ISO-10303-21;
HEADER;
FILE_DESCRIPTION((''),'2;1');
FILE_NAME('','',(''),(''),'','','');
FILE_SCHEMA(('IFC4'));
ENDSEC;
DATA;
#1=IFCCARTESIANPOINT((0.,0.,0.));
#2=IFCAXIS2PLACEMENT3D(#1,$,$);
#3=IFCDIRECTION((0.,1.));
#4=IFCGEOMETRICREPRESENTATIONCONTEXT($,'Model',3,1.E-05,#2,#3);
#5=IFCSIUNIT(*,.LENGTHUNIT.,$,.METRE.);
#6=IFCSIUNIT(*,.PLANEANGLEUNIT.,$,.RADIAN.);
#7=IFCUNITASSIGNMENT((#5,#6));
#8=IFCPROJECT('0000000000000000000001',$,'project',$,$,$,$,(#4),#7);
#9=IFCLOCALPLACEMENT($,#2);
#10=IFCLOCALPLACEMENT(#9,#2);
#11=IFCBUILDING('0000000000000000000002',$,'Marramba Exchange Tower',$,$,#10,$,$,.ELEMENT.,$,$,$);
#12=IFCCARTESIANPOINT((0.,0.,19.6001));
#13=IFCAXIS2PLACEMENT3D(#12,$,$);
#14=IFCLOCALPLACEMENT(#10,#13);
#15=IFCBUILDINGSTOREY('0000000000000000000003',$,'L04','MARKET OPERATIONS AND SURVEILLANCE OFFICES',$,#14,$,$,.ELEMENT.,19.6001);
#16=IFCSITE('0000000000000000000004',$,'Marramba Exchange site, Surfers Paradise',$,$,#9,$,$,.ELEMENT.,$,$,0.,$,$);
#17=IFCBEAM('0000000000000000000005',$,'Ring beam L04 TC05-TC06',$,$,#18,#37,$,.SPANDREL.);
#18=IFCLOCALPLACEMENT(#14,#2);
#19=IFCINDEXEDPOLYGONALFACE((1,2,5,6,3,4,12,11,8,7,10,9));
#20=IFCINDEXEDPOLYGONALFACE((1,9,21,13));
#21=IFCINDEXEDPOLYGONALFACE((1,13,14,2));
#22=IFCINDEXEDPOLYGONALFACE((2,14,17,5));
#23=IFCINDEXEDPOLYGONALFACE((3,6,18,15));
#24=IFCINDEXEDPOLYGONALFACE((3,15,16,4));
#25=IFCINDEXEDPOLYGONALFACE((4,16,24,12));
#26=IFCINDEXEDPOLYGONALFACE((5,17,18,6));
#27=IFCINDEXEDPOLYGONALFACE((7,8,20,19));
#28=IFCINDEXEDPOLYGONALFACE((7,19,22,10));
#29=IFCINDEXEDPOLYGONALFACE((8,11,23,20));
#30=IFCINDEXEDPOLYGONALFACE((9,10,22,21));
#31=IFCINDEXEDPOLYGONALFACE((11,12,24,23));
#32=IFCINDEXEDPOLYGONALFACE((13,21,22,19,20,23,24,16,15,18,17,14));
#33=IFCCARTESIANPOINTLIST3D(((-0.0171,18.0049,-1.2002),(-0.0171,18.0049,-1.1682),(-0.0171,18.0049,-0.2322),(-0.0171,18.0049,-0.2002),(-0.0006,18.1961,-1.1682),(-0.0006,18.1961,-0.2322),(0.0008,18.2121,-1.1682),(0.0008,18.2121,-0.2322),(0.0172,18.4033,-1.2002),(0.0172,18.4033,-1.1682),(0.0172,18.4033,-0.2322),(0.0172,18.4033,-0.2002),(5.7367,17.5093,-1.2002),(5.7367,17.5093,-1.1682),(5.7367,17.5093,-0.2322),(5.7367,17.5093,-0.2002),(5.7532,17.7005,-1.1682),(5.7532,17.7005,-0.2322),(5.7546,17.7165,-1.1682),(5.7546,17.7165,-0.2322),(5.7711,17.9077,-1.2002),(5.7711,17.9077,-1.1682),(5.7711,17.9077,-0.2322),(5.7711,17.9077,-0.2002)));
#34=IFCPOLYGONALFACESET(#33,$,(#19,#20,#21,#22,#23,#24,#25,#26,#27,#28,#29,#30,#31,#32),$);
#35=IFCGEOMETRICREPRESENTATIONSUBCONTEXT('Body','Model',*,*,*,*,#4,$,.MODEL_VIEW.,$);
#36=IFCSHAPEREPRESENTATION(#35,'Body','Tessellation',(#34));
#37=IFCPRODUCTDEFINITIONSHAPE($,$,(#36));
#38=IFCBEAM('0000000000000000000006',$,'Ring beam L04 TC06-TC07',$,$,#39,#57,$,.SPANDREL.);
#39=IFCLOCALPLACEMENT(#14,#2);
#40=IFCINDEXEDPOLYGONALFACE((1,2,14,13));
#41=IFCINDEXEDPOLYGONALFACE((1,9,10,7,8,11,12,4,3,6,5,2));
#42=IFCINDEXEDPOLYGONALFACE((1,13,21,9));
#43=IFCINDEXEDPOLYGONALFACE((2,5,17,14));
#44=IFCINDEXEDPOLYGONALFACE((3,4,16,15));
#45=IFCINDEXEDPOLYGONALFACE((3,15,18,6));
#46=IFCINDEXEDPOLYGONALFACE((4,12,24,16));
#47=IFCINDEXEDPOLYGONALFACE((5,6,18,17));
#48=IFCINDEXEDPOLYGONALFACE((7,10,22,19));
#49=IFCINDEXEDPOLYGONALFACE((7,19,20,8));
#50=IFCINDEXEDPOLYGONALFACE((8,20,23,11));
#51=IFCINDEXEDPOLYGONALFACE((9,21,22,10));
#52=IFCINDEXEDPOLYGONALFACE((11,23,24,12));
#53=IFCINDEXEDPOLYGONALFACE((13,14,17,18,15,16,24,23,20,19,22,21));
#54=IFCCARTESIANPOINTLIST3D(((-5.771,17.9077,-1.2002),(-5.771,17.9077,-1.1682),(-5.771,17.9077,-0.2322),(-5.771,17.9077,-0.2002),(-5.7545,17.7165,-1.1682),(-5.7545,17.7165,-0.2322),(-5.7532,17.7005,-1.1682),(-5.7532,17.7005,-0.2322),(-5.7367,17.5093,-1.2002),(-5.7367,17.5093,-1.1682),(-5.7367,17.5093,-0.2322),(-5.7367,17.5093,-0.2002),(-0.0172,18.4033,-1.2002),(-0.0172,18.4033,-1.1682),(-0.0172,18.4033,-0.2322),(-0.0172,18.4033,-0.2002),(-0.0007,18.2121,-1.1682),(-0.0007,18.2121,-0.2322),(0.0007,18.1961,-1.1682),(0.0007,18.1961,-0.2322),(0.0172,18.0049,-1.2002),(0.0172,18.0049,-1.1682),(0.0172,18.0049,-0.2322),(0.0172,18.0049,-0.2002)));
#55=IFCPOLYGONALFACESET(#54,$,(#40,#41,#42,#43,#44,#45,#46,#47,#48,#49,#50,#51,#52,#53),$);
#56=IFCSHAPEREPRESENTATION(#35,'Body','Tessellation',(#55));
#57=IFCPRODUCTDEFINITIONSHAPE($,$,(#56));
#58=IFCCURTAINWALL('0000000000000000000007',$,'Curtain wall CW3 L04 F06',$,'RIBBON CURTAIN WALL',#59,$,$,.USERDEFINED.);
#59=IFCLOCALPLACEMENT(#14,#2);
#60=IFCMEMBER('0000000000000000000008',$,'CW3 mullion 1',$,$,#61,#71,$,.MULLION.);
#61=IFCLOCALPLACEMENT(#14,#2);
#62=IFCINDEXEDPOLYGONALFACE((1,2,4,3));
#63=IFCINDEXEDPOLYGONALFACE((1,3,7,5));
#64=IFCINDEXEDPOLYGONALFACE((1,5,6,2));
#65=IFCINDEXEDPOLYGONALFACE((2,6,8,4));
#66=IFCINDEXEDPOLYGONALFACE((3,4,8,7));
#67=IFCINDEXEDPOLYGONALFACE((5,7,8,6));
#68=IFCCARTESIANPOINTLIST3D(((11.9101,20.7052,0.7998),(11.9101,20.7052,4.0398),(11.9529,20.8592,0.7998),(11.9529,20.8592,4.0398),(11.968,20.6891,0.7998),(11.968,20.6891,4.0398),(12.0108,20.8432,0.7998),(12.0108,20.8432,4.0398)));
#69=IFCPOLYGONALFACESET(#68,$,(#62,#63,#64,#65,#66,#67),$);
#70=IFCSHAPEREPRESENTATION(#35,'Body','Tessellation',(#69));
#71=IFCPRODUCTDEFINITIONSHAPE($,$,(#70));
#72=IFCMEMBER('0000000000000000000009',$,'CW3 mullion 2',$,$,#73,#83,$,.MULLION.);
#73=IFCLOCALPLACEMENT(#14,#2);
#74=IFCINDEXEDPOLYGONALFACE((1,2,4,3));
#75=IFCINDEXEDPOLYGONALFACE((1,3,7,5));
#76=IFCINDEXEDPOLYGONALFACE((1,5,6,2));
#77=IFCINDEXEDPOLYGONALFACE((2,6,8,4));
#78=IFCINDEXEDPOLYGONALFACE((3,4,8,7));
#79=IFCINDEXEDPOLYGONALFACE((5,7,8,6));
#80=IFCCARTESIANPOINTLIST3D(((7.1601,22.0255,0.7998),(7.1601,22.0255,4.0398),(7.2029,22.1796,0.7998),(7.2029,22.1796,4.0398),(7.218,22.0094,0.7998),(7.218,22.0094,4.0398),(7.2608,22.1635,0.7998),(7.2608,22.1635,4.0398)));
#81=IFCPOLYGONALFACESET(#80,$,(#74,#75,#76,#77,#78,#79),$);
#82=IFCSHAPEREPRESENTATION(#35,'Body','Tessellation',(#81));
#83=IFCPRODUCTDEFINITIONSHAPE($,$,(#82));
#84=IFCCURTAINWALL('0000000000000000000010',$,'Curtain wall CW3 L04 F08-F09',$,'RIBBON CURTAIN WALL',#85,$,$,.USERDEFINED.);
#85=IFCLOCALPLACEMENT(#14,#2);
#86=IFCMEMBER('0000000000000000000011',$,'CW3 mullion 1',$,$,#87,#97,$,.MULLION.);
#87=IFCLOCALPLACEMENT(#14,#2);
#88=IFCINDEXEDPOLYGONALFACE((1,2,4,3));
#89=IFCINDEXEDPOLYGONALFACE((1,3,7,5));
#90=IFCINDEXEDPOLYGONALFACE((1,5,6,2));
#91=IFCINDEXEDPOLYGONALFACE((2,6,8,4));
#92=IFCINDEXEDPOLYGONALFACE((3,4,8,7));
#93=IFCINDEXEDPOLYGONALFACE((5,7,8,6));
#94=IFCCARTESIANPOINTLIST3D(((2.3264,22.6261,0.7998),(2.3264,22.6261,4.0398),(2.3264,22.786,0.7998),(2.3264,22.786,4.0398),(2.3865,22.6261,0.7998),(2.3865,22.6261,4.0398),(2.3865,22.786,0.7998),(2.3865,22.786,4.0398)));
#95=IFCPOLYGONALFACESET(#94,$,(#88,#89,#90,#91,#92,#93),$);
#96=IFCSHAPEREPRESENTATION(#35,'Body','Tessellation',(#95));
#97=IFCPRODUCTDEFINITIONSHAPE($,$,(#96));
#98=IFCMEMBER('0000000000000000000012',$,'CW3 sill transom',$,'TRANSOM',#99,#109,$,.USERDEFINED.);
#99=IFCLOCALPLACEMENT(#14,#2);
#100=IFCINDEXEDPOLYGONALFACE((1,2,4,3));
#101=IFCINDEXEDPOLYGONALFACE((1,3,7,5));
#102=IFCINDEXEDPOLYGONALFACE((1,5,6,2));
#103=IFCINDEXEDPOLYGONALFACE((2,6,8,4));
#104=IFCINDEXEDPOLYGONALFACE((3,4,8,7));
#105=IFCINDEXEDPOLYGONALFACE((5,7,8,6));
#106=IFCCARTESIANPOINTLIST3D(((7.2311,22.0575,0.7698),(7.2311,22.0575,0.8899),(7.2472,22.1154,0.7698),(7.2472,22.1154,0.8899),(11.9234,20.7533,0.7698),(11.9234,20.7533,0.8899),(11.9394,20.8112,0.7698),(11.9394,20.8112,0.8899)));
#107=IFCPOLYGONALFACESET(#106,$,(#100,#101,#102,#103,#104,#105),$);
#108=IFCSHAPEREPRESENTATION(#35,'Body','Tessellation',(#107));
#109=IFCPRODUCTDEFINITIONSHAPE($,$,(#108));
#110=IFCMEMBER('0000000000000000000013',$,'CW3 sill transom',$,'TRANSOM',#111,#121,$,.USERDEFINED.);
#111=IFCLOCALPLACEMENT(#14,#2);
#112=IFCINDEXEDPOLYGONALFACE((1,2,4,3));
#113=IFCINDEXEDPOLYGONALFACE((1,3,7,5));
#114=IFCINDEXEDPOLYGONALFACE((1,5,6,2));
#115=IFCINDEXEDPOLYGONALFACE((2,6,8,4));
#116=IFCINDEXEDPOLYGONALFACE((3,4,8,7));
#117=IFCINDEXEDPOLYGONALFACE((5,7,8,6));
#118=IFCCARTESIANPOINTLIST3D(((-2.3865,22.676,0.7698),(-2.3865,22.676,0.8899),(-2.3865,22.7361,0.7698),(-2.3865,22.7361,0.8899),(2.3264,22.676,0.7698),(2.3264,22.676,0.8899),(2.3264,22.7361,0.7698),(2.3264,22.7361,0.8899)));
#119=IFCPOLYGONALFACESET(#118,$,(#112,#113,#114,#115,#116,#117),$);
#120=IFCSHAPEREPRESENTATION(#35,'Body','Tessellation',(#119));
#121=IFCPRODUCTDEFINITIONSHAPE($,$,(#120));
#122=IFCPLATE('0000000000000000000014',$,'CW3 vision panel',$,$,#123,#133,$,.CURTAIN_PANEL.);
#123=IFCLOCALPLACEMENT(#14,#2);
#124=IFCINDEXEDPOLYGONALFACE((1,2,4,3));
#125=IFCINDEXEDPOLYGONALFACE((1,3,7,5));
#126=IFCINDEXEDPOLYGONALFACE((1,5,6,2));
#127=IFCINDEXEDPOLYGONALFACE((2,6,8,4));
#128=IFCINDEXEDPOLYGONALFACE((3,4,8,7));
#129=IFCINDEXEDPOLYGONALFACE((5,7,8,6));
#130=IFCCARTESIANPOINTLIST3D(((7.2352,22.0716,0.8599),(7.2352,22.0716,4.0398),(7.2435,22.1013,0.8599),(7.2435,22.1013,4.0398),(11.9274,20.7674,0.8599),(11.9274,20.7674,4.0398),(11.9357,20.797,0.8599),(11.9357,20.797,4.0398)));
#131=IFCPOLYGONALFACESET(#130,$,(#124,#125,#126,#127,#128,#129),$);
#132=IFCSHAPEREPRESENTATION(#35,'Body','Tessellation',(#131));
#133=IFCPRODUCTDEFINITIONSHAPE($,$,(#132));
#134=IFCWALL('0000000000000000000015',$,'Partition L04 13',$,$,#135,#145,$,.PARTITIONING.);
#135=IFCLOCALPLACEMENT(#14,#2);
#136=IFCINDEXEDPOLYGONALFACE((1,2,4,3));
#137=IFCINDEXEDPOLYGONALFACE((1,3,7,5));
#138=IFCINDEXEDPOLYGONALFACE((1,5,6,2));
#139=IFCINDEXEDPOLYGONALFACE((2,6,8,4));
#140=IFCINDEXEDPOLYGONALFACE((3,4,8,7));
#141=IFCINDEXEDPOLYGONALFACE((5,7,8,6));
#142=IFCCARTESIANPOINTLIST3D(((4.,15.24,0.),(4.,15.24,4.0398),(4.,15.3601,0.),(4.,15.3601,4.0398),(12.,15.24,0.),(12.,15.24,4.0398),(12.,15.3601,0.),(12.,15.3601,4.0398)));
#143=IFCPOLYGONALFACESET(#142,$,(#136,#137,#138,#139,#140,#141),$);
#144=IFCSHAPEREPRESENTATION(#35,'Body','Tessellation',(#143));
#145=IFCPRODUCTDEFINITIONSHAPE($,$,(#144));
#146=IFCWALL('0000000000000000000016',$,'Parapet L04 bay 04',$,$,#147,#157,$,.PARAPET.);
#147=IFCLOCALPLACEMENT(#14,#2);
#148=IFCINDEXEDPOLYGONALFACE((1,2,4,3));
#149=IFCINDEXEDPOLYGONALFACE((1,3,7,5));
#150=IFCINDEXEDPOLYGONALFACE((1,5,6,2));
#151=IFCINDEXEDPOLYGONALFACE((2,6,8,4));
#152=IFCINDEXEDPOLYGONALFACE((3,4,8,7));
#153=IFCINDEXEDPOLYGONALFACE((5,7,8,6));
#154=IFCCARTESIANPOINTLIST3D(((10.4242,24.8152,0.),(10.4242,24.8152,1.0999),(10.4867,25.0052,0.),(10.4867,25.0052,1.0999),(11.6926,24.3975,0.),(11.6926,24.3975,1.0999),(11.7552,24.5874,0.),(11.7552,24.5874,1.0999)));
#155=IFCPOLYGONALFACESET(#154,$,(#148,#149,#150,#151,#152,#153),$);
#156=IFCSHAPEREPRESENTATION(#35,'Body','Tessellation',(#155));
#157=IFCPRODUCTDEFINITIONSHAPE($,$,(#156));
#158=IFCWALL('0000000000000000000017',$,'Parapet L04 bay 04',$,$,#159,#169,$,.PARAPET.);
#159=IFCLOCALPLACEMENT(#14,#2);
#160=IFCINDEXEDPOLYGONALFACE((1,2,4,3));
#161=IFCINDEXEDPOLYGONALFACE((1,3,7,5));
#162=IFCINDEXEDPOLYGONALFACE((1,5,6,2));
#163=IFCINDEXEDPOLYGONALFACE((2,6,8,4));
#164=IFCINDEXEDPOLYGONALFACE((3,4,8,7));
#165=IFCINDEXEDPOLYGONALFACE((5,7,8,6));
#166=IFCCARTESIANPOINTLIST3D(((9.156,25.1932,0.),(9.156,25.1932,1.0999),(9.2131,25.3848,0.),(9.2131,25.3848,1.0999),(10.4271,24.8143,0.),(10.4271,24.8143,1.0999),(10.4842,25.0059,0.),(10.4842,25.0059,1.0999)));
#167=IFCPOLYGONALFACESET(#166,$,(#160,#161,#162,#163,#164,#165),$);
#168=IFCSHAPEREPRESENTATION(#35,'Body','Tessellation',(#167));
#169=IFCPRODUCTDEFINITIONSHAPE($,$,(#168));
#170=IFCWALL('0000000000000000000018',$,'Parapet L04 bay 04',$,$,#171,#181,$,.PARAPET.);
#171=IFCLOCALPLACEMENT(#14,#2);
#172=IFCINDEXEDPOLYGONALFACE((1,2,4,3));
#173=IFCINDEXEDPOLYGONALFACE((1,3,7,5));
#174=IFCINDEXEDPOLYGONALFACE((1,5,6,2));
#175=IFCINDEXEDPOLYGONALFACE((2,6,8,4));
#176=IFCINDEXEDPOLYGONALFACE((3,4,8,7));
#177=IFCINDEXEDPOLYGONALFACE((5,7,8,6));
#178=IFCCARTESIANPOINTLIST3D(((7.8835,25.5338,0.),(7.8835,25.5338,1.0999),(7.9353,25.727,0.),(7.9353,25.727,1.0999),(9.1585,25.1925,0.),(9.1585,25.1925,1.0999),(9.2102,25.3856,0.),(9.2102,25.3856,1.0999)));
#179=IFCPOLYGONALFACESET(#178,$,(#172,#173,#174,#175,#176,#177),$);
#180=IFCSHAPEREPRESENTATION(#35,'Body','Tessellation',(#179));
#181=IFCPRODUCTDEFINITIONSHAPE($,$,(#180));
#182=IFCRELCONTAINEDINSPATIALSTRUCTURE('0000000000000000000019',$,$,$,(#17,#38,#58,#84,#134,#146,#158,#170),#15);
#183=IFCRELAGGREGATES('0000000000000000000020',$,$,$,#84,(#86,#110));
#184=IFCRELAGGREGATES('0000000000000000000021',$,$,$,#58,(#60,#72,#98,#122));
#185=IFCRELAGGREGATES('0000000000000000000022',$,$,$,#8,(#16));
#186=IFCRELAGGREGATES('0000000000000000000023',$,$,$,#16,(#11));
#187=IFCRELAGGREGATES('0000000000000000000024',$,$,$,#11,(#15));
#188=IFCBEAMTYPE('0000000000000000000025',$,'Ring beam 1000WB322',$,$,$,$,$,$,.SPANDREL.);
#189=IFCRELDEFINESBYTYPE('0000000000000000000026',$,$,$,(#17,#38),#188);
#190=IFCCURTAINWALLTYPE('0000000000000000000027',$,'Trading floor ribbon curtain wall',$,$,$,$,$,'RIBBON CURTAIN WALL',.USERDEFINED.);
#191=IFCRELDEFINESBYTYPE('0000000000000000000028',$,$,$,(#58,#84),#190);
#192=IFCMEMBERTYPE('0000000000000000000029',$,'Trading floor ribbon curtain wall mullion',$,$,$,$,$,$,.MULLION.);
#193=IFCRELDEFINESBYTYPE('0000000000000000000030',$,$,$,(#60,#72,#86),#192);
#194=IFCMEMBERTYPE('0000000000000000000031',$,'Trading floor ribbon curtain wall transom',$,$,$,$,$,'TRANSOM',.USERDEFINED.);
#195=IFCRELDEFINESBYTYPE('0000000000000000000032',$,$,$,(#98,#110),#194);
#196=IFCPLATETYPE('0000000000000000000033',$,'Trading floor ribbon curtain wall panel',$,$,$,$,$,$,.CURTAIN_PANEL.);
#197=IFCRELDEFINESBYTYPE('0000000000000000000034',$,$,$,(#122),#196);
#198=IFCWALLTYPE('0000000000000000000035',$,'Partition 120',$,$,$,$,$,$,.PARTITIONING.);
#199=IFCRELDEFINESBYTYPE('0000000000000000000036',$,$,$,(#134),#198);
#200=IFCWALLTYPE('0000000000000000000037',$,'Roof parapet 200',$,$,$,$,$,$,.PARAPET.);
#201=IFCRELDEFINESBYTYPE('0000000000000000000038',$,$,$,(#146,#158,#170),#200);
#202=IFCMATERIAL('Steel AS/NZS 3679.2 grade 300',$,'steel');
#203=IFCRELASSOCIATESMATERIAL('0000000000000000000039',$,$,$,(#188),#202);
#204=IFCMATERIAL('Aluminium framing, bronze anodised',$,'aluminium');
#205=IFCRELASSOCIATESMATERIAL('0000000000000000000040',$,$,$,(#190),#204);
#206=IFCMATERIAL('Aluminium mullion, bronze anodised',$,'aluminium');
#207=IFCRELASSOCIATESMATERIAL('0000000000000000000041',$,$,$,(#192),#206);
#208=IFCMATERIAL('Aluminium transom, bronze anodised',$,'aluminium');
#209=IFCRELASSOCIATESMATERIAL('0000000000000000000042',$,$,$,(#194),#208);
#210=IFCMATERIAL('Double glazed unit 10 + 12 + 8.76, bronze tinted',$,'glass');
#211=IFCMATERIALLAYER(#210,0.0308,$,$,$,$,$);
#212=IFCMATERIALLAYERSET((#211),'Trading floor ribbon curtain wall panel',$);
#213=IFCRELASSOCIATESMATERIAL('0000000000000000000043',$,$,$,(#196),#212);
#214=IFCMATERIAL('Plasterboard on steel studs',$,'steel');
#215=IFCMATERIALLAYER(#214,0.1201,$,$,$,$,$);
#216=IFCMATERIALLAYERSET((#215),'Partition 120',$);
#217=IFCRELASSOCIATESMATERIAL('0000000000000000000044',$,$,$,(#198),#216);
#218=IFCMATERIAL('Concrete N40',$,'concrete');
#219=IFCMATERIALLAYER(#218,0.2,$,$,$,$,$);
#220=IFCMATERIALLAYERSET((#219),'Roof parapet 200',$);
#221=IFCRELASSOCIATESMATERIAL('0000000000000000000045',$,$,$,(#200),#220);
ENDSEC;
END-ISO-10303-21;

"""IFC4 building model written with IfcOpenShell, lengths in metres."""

from ifc_helpers import new_model, si_unit, direction, frame, frame_2d, origin, origin_2d, place, context, subcontext, project, spatial, rectangle, i_section, extrude, material, layer, layer_set, material_profile, profile_set, type_object, element, aggregate, save


model = new_model("IFC4")

# Units and contexts
model_context = context("Model", 3, precision=1e-05, world=origin(), true_north=direction((0.0, 1.0)))
body_context = subcontext(model_context, "Body", "Model", "MODEL_VIEW")
ifc_project = project(units=[si_unit("LENGTHUNIT", "METRE"), si_unit("PLANEANGLEUNIT", "RADIAN")], contexts=[model_context])

# Site, building, storey
site_placement = place(None, origin())
site = spatial("IfcSite", under=ifc_project, at=site_placement, Name="Marramba Exchange site, Surfers Paradise", CompositionType="ELEMENT", RefElevation=0.0)
building_placement = place(site_placement, origin())
building = spatial("IfcBuilding", under=site, at=building_placement, Name="Marramba Exchange Tower", CompositionType="ELEMENT")
storey_placement = place(building_placement, frame((0.0, 0.0, 19.6001)))
storey = spatial("IfcBuildingStorey", under=building, at=storey_placement, Name="L04", Description="MARKET OPERATIONS AND SURVEILLANCE OFFICES", CompositionType="ELEMENT", Elevation=19.6001)

# Beams
ifc_material_1 = material(Name="Steel AS/NZS 3679.2 grade 300", Category="steel")
ifc_material_profile_1 = material_profile(ifc_material_1, i_section(OverallWidth=0.3999, OverallDepth=1.0, WebThickness=0.0161, FlangeThickness=0.032, at=origin_2d()), Name="1000WB322")
ifc_profile_set_1 = profile_set([ifc_material_profile_1], Name="Steel AS/NZS 3679.2 grade 300")
beam_type_1 = type_object("IfcBeamType", Name="Ring beam 1000WB322", PredefinedType="SPANDREL", material=ifc_profile_set_1)
for number, where, z_axis, x_axis, name in (
    (1, (5.7539, 17.7085, -0.7002), (-0.996311, 0.085816, 0.0), (-0.085816, -0.996311, 0.0), "Ring beam L04 TC05-TC06"),
    (2, (0.0, 18.2041, -0.7002), (-0.996311, -0.085816, 0.0), (0.085816, -0.996311, 0.0), "Ring beam L04 TC06-TC07"),
):
    element("IfcBeam", number, at=place(storey_placement, frame(where, z_axis=z_axis, x_axis=x_axis)), inside=storey, type_object=beam_type_1, Name=name, PredefinedType="SPANDREL", context=body_context, shape_type="SweptSolid", body=[
        extrude(i_section(OverallWidth=0.3999, OverallDepth=1.0, WebThickness=0.0161, FlangeThickness=0.032, at=origin_2d()), origin(), (0.0, 0.0, 1.0), 5.7751),
    ])

# Curtain wall, members
ifc_material_2 = material(Name="Aluminium framing, bronze anodised", Category="aluminium")
curtain_wall_type = type_object("IfcCurtainWallType", Name="Trading floor ribbon curtain wall", ElementType="RIBBON CURTAIN WALL", PredefinedType="USERDEFINED", material=ifc_material_2)
curtain_wall_1_placement = place(storey_placement, origin())
curtain_wall_1 = element("IfcCurtainWall", 3, at=curtain_wall_1_placement, inside=storey, type_object=curtain_wall_type, Name="Curtain wall CW3 L04 F06", ObjectType="RIBBON CURTAIN WALL", PredefinedType="USERDEFINED")
ifc_material_3 = material(Name="Aluminium mullion, bronze anodised", Category="aluminium")
ifc_material_profile_2 = material_profile(ifc_material_3, rectangle(XDim=0.1599, YDim=0.0601, at=origin_2d()), Name="CW3 mullion 60x160")
ifc_profile_set_2 = profile_set([ifc_material_profile_2], Name="Aluminium mullion, bronze anodised")
member_type_1 = type_object("IfcMemberType", Name="Trading floor ribbon curtain wall mullion", PredefinedType="MULLION", material=ifc_profile_set_2)
member_1_placement = place(storey_placement, frame((11.9604, 20.7742, 0.7998), z_axis=(0.0, 0.0, 1.0), x_axis=(-0.267809, -0.963472, 0.0)))
member_1 = element("IfcMember", 4, at=member_1_placement, type_object=member_type_1, Name="CW3 mullion 1", PredefinedType="MULLION", context=body_context, shape_type="SweptSolid", body=[
    extrude(rectangle(XDim=0.1599, YDim=0.0601, at=origin_2d()), origin(), (0.0, 0.0, 1.0), 3.24),
])
member_2_placement = place(storey_placement, frame((7.2104, 22.0945, 0.7998), z_axis=(0.0, 0.0, 1.0), x_axis=(-0.267809, -0.963472, 0.0)))
member_2 = element("IfcMember", 5, at=member_2_placement, type_object=member_type_1, Name="CW3 mullion 2", PredefinedType="MULLION", context=body_context, shape_type="SweptSolid", body=[
    extrude(rectangle(XDim=0.1599, YDim=0.0601, at=origin_2d()), origin(), (0.0, 0.0, 1.0), 3.24),
])

# Curtain wall, member
curtain_wall_2_placement = place(storey_placement, origin())
curtain_wall_2 = element("IfcCurtainWall", 6, at=curtain_wall_2_placement, inside=storey, type_object=curtain_wall_type, Name="Curtain wall CW3 L04 F08-F09", ObjectType="RIBBON CURTAIN WALL", PredefinedType="USERDEFINED")
member_3_placement = place(storey_placement, frame((2.3564, 22.7061, 0.7998), z_axis=(0.0, 0.0, 1.0), x_axis=(0.0, -1.0, 0.0)))
member_3 = element("IfcMember", 7, at=member_3_placement, type_object=member_type_1, Name="CW3 mullion 1", PredefinedType="MULLION", context=body_context, shape_type="SweptSolid", body=[
    extrude(rectangle(XDim=0.1599, YDim=0.0601, at=origin_2d()), origin(), (0.0, 0.0, 1.0), 3.24),
])

# Members
ifc_material_4 = material(Name="Aluminium transom, bronze anodised", Category="aluminium")
ifc_material_profile_3 = material_profile(ifc_material_4, rectangle(XDim=0.0601, YDim=0.1201, at=origin_2d()), Name="CW3 transom 60x120")
ifc_profile_set_3 = profile_set([ifc_material_profile_3], Name="Aluminium transom, bronze anodised")
member_type_2 = type_object("IfcMemberType", Name="Trading floor ribbon curtain wall transom", ElementType="TRANSOM", PredefinedType="USERDEFINED", material=ifc_profile_set_3)
member_4_placement = place(storey_placement, frame((11.9314, 20.7822, 0.8298), z_axis=(-0.963474, 0.267802, 0.0), x_axis=(-0.267802, -0.963474, 0.0)))
member_4 = element("IfcMember", 8, at=member_4_placement, type_object=member_type_2, Name="CW3 sill transom", ObjectType="TRANSOM", PredefinedType="USERDEFINED", context=body_context, shape_type="SweptSolid", body=[
    extrude(rectangle(XDim=0.0601, YDim=0.1201, at=origin_2d()), origin(), (0.0, 0.0, 1.0), 4.8701),
])
member_5_placement = place(storey_placement, frame((2.3264, 22.7061, 0.8298), z_axis=(-1.0, 0.0, 0.0), x_axis=(0.0, -1.0, 0.0)))
member_5 = element("IfcMember", 9, at=member_5_placement, type_object=member_type_2, Name="CW3 sill transom", ObjectType="TRANSOM", PredefinedType="USERDEFINED", context=body_context, shape_type="SweptSolid", body=[
    extrude(rectangle(XDim=0.0601, YDim=0.1201, at=origin_2d()), origin(), (0.0, 0.0, 1.0), 4.7129),
])
aggregate(curtain_wall_2, [member_3, member_5])

# Plate
ifc_material_5 = material(Name="Double glazed unit 10 + 12 + 8.76, bronze tinted", Category="glass")
ifc_layer_1 = layer(ifc_material_5, 0.0308)
ifc_layer_set_1 = layer_set([ifc_layer_1], Name="Trading floor ribbon curtain wall panel")
plate_type = type_object("IfcPlateType", Name="Trading floor ribbon curtain wall panel", PredefinedType="CURTAIN_PANEL", material=ifc_layer_set_1)
plate_placement = place(storey_placement, frame((9.5854, 21.4343, 0.8599), z_axis=(0.0, 0.0, 1.0), x_axis=(-0.963472, 0.267809, 0.0)))
plate = element("IfcPlate", 10, at=plate_placement, type_object=plate_type, Name="CW3 vision panel", PredefinedType="CURTAIN_PANEL", context=body_context, shape_type="SweptSolid", body=[
    extrude(rectangle(XDim=4.8701, YDim=0.0308, at=origin_2d()), origin(), (0.0, 0.0, 1.0), 3.1799),
])
aggregate(curtain_wall_1, [member_1, member_2, member_4, plate])

# Walls
ifc_material_6 = material(Name="Plasterboard on steel studs", Category="steel")
ifc_layer_2 = layer(ifc_material_6, 0.1201)
ifc_layer_set_2 = layer_set([ifc_layer_2], Name="Partition 120")
wall_type_1 = type_object("IfcWallType", Name="Partition 120", PredefinedType="PARTITIONING", material=ifc_layer_set_2)
wall_1_placement = place(storey_placement, frame((4.0, 15.3, 0.0), z_axis=(0.0, 0.0, 1.0), x_axis=(1.0, 0.0, 0.0)))
element("IfcWall", 11, at=wall_1_placement, inside=storey, type_object=wall_type_1, Name="Partition L04 13", PredefinedType="PARTITIONING", context=body_context, shape_type="SweptSolid", body=[
    extrude(rectangle(XDim=8.0, YDim=0.1201, at=frame_2d((4.0, 0.0))), origin(), (0.0, 0.0, 1.0), 4.0398),
])
ifc_material_7 = material(Name="Concrete N40", Category="concrete")
ifc_layer_3 = layer(ifc_material_7, 0.2)
ifc_layer_set_3 = layer_set([ifc_layer_3], Name="Roof parapet 200")
wall_type_2 = type_object("IfcWallType", Name="Roof parapet 200", PredefinedType="PARAPET", material=ifc_layer_set_3)
wall_2_placement = place(storey_placement, frame((11.7239, 24.4924, 0.0), z_axis=(0.0, 0.0, 1.0), x_axis=(-0.949811, 0.312825, 0.0)))
element("IfcWall", 12, at=wall_2_placement, inside=storey, type_object=wall_type_2, Name="Parapet L04 bay 04", PredefinedType="PARAPET", context=body_context, shape_type="SweptSolid", body=[
    extrude(rectangle(XDim=1.3354, YDim=0.2, at=frame_2d((0.6677, 0.0))), origin(), (0.0, 0.0, 1.0), 1.0999),
])
wall_3_placement = place(storey_placement, frame((10.4556, 24.9102, 0.0), z_axis=(0.0, 0.0, 1.0), x_axis=(-0.958336, 0.285642, 0.0)))
element("IfcWall", 13, at=wall_3_placement, inside=storey, type_object=wall_type_2, Name="Parapet L04 bay 04", PredefinedType="PARAPET", context=body_context, shape_type="SweptSolid", body=[
    extrude(rectangle(XDim=1.3264, YDim=0.2, at=frame_2d((0.6631, 0.0))), origin(), (0.0, 0.0, 1.0), 1.0999),
])
wall_4_placement = place(storey_placement, frame((9.1843, 25.2891, 0.0), z_axis=(0.0, 0.0, 1.0), x_axis=(-0.965983, 0.258607, 0.0)))
element("IfcWall", 14, at=wall_4_placement, inside=storey, type_object=wall_type_2, Name="Parapet L04 bay 04", PredefinedType="PARAPET", context=body_context, shape_type="SweptSolid", body=[
    extrude(rectangle(XDim=1.3198, YDim=0.2, at=frame_2d((0.6599, 0.0))), origin(), (0.0, 0.0, 1.0), 1.0999),
])

save(model, "model.ifc")
